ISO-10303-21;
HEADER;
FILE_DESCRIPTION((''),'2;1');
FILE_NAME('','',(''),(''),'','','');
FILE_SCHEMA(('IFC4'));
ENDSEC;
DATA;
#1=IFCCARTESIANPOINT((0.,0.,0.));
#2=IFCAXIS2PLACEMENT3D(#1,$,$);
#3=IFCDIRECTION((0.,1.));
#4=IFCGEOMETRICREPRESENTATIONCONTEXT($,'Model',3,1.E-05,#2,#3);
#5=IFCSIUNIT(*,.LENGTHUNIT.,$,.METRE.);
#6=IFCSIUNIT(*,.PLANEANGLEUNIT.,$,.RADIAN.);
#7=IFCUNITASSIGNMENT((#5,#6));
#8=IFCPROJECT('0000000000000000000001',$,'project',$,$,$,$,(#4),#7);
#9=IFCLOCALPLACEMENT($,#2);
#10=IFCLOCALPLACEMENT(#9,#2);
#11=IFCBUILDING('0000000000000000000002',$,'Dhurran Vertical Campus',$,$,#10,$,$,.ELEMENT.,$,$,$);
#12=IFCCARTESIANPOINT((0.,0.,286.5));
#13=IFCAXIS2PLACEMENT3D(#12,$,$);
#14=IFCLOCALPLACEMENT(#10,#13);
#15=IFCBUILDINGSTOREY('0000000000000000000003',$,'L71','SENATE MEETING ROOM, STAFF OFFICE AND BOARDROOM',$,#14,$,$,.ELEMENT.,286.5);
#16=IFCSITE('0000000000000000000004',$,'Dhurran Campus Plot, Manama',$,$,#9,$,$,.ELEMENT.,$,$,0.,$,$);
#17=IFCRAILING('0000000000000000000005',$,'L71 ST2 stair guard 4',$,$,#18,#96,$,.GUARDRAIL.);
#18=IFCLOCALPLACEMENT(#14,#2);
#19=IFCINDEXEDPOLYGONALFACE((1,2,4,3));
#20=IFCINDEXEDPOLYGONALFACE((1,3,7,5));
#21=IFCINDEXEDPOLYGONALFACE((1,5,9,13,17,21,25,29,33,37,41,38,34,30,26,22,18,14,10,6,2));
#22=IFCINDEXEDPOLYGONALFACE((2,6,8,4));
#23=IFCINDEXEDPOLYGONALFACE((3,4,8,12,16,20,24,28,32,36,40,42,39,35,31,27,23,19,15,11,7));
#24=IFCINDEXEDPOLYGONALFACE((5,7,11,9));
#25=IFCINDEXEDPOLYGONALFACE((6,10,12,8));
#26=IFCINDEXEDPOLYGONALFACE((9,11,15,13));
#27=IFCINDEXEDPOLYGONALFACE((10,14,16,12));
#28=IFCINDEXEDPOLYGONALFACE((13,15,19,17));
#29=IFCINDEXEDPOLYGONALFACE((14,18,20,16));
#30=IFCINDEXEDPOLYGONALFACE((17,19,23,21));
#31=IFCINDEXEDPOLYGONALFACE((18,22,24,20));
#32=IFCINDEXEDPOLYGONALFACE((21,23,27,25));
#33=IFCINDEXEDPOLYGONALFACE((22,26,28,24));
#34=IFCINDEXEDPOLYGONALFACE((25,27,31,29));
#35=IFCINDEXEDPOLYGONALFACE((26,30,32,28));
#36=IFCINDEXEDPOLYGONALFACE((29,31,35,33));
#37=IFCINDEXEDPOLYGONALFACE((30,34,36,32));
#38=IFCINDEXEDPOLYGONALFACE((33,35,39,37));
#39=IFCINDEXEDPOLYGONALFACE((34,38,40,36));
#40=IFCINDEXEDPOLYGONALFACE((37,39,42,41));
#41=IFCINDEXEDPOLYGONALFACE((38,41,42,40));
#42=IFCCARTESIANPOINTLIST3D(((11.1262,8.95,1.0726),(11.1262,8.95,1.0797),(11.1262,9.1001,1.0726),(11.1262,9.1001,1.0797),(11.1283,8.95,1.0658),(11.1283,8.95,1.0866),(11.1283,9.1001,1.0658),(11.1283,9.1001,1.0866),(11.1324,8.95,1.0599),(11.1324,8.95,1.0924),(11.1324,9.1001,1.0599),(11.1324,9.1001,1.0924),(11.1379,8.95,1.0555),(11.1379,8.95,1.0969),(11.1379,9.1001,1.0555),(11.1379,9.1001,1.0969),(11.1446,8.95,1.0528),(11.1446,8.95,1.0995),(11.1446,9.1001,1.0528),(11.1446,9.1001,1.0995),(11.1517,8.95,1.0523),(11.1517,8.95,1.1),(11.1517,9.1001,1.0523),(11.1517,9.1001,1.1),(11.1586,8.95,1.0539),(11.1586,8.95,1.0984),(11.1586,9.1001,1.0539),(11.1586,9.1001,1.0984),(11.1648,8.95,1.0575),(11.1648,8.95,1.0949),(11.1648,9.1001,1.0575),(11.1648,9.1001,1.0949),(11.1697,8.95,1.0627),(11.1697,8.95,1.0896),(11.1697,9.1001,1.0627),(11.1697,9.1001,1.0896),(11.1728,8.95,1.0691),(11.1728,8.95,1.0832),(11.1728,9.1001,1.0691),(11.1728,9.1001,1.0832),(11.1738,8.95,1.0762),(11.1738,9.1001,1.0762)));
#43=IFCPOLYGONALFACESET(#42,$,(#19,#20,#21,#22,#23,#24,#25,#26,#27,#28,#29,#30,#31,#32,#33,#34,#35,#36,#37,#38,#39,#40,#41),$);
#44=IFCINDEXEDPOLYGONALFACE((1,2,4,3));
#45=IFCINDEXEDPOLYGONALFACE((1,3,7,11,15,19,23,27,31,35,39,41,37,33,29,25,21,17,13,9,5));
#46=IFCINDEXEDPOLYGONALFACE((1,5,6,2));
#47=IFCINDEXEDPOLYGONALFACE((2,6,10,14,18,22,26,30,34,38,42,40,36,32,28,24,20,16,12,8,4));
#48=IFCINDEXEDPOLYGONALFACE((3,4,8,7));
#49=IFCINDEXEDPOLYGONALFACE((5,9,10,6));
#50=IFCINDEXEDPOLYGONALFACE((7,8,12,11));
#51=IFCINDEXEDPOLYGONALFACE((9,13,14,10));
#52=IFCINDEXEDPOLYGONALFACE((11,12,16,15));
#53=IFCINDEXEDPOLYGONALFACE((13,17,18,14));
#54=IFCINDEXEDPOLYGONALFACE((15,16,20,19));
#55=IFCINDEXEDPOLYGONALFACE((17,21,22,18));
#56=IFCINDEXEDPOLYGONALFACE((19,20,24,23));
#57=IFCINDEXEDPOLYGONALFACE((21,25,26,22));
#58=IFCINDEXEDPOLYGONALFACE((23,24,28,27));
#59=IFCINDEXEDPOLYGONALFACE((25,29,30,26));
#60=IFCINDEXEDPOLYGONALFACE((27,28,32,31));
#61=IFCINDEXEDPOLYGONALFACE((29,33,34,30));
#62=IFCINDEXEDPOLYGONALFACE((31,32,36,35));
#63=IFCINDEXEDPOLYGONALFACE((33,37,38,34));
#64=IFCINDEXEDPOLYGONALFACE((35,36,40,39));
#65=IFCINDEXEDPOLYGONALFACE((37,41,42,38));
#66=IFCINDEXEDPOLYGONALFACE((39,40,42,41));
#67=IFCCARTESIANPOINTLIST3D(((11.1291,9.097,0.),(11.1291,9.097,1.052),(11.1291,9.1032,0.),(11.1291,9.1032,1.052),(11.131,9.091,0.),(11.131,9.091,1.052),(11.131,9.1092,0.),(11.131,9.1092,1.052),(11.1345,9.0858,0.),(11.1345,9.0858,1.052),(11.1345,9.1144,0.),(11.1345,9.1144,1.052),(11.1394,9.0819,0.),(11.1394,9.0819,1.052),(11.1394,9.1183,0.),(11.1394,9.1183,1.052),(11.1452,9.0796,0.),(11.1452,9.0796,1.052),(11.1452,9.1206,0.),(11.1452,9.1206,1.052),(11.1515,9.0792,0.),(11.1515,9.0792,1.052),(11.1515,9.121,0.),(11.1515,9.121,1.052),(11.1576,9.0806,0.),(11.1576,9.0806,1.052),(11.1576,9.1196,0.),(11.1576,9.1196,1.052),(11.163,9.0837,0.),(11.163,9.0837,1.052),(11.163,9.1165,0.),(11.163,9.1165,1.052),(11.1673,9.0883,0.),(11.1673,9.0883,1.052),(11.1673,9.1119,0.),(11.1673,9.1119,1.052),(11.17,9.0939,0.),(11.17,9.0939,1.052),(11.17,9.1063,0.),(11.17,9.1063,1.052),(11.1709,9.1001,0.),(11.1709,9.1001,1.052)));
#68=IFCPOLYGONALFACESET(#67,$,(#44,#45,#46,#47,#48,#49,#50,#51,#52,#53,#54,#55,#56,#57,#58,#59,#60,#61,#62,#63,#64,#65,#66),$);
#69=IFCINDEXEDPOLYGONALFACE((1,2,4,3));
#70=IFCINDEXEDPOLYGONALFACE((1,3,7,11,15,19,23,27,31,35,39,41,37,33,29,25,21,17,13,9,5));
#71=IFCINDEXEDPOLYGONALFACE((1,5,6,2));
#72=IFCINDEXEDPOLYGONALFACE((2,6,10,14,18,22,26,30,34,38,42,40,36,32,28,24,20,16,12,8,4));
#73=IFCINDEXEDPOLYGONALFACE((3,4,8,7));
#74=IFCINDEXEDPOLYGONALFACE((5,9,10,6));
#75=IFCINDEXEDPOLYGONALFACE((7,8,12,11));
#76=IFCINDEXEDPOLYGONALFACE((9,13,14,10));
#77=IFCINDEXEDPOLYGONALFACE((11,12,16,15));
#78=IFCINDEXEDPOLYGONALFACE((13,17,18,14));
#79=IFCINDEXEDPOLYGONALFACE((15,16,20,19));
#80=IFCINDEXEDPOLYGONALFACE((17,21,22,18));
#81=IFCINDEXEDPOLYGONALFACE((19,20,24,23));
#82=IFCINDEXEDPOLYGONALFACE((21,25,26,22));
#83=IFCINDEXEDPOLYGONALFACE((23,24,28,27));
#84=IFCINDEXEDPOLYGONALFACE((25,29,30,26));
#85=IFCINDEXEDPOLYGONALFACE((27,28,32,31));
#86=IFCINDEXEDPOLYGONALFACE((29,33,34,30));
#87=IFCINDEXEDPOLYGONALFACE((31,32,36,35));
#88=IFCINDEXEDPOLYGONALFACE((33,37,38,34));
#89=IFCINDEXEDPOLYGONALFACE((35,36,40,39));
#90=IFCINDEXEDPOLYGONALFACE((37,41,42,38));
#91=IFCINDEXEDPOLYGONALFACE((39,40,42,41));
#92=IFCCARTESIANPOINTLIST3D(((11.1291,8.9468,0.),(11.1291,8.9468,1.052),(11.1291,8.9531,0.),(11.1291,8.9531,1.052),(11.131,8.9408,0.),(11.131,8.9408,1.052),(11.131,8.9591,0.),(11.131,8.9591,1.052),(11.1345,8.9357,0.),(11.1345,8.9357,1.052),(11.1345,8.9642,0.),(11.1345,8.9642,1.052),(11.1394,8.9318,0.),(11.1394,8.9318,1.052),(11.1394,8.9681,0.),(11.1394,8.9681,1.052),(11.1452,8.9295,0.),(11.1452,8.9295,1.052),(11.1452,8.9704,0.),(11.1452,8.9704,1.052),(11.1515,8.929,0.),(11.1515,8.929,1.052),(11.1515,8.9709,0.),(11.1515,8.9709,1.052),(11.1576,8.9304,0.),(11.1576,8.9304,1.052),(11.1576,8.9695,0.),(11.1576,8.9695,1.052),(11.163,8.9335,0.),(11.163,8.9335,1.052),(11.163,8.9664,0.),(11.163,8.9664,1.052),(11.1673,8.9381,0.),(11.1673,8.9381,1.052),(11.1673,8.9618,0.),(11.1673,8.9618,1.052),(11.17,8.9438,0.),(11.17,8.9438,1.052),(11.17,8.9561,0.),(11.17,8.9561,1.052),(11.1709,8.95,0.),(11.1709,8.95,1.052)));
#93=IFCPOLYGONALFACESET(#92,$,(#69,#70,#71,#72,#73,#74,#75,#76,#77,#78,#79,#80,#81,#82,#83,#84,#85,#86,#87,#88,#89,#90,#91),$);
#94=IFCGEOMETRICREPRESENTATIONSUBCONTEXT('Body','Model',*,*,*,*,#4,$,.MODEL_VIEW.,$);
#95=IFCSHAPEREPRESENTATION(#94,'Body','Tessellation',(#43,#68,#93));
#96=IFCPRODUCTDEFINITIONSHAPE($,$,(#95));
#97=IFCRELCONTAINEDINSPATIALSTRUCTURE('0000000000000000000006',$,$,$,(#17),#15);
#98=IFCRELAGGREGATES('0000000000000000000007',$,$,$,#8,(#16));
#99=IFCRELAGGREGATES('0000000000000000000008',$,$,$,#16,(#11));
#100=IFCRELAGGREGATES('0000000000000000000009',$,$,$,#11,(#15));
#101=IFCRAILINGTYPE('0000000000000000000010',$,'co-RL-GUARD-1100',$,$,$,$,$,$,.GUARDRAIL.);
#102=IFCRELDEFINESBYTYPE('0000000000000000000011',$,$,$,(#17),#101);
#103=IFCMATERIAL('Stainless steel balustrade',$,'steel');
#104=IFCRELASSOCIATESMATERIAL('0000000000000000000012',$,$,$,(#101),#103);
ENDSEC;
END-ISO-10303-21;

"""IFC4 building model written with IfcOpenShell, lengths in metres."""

from ifc_helpers import new_model, si_unit, direction, frame, origin, origin_2d, place, context, subcontext, project, spatial, circle, extrude, material, type_object, element, save


model = new_model("IFC4")

# Units and contexts
model_context = context("Model", 3, precision=1e-05, world=origin(), true_north=direction((0.0, 1.0)))
body_context = subcontext(model_context, "Body", "Model", "MODEL_VIEW")
ifc_project = project(units=[si_unit("LENGTHUNIT", "METRE"), si_unit("PLANEANGLEUNIT", "RADIAN")], contexts=[model_context])

# Site, building, storey
site_placement = place(None, origin())
site = spatial("IfcSite", under=ifc_project, at=site_placement, Name="Dhurran Campus Plot, Manama", CompositionType="ELEMENT", RefElevation=0.0)
building_placement = place(site_placement, origin())
building = spatial("IfcBuilding", under=site, at=building_placement, Name="Dhurran Vertical Campus", CompositionType="ELEMENT")
storey_placement = place(building_placement, frame((0.0, 0.0, 286.5)))
storey = spatial("IfcBuildingStorey", under=building, at=storey_placement, Name="L71", Description="SENATE MEETING ROOM, STAFF OFFICE AND BOARDROOM", CompositionType="ELEMENT", Elevation=286.5)

# Railing
ifc_material_1 = material(Name="Stainless steel balustrade", Category="steel")
railing_type = type_object("IfcRailingType", Name="co-RL-GUARD-1100", PredefinedType="GUARDRAIL", material=ifc_material_1)
railing_placement = place(storey_placement, frame((11.1499, 9.1001, 0.0)))
element("IfcRailing", 1, at=railing_placement, inside=storey, type_object=railing_type, Name="L71 ST2 stair guard 4", PredefinedType="GUARDRAIL", context=body_context, shape_type="SweptSolid", body=[
    extrude(circle(Radius=0.0239, at=origin_2d()), frame((0.0, 0.0, 1.0762), z_axis=(0.0, -1.0, 0.0), x_axis=(1.0, 0.0, 0.0)), (0.0, 0.0, 1.0), 0.1501),
    extrude(circle(Radius=0.021, at=origin_2d()), origin(), (0.0, 0.0, 1.0), 1.052),
    extrude(circle(Radius=0.021, at=origin_2d()), frame((0.0, -0.1501, 0.0)), (0.0, 0.0, 1.0), 1.052),
])

save(model, "model.ifc")
